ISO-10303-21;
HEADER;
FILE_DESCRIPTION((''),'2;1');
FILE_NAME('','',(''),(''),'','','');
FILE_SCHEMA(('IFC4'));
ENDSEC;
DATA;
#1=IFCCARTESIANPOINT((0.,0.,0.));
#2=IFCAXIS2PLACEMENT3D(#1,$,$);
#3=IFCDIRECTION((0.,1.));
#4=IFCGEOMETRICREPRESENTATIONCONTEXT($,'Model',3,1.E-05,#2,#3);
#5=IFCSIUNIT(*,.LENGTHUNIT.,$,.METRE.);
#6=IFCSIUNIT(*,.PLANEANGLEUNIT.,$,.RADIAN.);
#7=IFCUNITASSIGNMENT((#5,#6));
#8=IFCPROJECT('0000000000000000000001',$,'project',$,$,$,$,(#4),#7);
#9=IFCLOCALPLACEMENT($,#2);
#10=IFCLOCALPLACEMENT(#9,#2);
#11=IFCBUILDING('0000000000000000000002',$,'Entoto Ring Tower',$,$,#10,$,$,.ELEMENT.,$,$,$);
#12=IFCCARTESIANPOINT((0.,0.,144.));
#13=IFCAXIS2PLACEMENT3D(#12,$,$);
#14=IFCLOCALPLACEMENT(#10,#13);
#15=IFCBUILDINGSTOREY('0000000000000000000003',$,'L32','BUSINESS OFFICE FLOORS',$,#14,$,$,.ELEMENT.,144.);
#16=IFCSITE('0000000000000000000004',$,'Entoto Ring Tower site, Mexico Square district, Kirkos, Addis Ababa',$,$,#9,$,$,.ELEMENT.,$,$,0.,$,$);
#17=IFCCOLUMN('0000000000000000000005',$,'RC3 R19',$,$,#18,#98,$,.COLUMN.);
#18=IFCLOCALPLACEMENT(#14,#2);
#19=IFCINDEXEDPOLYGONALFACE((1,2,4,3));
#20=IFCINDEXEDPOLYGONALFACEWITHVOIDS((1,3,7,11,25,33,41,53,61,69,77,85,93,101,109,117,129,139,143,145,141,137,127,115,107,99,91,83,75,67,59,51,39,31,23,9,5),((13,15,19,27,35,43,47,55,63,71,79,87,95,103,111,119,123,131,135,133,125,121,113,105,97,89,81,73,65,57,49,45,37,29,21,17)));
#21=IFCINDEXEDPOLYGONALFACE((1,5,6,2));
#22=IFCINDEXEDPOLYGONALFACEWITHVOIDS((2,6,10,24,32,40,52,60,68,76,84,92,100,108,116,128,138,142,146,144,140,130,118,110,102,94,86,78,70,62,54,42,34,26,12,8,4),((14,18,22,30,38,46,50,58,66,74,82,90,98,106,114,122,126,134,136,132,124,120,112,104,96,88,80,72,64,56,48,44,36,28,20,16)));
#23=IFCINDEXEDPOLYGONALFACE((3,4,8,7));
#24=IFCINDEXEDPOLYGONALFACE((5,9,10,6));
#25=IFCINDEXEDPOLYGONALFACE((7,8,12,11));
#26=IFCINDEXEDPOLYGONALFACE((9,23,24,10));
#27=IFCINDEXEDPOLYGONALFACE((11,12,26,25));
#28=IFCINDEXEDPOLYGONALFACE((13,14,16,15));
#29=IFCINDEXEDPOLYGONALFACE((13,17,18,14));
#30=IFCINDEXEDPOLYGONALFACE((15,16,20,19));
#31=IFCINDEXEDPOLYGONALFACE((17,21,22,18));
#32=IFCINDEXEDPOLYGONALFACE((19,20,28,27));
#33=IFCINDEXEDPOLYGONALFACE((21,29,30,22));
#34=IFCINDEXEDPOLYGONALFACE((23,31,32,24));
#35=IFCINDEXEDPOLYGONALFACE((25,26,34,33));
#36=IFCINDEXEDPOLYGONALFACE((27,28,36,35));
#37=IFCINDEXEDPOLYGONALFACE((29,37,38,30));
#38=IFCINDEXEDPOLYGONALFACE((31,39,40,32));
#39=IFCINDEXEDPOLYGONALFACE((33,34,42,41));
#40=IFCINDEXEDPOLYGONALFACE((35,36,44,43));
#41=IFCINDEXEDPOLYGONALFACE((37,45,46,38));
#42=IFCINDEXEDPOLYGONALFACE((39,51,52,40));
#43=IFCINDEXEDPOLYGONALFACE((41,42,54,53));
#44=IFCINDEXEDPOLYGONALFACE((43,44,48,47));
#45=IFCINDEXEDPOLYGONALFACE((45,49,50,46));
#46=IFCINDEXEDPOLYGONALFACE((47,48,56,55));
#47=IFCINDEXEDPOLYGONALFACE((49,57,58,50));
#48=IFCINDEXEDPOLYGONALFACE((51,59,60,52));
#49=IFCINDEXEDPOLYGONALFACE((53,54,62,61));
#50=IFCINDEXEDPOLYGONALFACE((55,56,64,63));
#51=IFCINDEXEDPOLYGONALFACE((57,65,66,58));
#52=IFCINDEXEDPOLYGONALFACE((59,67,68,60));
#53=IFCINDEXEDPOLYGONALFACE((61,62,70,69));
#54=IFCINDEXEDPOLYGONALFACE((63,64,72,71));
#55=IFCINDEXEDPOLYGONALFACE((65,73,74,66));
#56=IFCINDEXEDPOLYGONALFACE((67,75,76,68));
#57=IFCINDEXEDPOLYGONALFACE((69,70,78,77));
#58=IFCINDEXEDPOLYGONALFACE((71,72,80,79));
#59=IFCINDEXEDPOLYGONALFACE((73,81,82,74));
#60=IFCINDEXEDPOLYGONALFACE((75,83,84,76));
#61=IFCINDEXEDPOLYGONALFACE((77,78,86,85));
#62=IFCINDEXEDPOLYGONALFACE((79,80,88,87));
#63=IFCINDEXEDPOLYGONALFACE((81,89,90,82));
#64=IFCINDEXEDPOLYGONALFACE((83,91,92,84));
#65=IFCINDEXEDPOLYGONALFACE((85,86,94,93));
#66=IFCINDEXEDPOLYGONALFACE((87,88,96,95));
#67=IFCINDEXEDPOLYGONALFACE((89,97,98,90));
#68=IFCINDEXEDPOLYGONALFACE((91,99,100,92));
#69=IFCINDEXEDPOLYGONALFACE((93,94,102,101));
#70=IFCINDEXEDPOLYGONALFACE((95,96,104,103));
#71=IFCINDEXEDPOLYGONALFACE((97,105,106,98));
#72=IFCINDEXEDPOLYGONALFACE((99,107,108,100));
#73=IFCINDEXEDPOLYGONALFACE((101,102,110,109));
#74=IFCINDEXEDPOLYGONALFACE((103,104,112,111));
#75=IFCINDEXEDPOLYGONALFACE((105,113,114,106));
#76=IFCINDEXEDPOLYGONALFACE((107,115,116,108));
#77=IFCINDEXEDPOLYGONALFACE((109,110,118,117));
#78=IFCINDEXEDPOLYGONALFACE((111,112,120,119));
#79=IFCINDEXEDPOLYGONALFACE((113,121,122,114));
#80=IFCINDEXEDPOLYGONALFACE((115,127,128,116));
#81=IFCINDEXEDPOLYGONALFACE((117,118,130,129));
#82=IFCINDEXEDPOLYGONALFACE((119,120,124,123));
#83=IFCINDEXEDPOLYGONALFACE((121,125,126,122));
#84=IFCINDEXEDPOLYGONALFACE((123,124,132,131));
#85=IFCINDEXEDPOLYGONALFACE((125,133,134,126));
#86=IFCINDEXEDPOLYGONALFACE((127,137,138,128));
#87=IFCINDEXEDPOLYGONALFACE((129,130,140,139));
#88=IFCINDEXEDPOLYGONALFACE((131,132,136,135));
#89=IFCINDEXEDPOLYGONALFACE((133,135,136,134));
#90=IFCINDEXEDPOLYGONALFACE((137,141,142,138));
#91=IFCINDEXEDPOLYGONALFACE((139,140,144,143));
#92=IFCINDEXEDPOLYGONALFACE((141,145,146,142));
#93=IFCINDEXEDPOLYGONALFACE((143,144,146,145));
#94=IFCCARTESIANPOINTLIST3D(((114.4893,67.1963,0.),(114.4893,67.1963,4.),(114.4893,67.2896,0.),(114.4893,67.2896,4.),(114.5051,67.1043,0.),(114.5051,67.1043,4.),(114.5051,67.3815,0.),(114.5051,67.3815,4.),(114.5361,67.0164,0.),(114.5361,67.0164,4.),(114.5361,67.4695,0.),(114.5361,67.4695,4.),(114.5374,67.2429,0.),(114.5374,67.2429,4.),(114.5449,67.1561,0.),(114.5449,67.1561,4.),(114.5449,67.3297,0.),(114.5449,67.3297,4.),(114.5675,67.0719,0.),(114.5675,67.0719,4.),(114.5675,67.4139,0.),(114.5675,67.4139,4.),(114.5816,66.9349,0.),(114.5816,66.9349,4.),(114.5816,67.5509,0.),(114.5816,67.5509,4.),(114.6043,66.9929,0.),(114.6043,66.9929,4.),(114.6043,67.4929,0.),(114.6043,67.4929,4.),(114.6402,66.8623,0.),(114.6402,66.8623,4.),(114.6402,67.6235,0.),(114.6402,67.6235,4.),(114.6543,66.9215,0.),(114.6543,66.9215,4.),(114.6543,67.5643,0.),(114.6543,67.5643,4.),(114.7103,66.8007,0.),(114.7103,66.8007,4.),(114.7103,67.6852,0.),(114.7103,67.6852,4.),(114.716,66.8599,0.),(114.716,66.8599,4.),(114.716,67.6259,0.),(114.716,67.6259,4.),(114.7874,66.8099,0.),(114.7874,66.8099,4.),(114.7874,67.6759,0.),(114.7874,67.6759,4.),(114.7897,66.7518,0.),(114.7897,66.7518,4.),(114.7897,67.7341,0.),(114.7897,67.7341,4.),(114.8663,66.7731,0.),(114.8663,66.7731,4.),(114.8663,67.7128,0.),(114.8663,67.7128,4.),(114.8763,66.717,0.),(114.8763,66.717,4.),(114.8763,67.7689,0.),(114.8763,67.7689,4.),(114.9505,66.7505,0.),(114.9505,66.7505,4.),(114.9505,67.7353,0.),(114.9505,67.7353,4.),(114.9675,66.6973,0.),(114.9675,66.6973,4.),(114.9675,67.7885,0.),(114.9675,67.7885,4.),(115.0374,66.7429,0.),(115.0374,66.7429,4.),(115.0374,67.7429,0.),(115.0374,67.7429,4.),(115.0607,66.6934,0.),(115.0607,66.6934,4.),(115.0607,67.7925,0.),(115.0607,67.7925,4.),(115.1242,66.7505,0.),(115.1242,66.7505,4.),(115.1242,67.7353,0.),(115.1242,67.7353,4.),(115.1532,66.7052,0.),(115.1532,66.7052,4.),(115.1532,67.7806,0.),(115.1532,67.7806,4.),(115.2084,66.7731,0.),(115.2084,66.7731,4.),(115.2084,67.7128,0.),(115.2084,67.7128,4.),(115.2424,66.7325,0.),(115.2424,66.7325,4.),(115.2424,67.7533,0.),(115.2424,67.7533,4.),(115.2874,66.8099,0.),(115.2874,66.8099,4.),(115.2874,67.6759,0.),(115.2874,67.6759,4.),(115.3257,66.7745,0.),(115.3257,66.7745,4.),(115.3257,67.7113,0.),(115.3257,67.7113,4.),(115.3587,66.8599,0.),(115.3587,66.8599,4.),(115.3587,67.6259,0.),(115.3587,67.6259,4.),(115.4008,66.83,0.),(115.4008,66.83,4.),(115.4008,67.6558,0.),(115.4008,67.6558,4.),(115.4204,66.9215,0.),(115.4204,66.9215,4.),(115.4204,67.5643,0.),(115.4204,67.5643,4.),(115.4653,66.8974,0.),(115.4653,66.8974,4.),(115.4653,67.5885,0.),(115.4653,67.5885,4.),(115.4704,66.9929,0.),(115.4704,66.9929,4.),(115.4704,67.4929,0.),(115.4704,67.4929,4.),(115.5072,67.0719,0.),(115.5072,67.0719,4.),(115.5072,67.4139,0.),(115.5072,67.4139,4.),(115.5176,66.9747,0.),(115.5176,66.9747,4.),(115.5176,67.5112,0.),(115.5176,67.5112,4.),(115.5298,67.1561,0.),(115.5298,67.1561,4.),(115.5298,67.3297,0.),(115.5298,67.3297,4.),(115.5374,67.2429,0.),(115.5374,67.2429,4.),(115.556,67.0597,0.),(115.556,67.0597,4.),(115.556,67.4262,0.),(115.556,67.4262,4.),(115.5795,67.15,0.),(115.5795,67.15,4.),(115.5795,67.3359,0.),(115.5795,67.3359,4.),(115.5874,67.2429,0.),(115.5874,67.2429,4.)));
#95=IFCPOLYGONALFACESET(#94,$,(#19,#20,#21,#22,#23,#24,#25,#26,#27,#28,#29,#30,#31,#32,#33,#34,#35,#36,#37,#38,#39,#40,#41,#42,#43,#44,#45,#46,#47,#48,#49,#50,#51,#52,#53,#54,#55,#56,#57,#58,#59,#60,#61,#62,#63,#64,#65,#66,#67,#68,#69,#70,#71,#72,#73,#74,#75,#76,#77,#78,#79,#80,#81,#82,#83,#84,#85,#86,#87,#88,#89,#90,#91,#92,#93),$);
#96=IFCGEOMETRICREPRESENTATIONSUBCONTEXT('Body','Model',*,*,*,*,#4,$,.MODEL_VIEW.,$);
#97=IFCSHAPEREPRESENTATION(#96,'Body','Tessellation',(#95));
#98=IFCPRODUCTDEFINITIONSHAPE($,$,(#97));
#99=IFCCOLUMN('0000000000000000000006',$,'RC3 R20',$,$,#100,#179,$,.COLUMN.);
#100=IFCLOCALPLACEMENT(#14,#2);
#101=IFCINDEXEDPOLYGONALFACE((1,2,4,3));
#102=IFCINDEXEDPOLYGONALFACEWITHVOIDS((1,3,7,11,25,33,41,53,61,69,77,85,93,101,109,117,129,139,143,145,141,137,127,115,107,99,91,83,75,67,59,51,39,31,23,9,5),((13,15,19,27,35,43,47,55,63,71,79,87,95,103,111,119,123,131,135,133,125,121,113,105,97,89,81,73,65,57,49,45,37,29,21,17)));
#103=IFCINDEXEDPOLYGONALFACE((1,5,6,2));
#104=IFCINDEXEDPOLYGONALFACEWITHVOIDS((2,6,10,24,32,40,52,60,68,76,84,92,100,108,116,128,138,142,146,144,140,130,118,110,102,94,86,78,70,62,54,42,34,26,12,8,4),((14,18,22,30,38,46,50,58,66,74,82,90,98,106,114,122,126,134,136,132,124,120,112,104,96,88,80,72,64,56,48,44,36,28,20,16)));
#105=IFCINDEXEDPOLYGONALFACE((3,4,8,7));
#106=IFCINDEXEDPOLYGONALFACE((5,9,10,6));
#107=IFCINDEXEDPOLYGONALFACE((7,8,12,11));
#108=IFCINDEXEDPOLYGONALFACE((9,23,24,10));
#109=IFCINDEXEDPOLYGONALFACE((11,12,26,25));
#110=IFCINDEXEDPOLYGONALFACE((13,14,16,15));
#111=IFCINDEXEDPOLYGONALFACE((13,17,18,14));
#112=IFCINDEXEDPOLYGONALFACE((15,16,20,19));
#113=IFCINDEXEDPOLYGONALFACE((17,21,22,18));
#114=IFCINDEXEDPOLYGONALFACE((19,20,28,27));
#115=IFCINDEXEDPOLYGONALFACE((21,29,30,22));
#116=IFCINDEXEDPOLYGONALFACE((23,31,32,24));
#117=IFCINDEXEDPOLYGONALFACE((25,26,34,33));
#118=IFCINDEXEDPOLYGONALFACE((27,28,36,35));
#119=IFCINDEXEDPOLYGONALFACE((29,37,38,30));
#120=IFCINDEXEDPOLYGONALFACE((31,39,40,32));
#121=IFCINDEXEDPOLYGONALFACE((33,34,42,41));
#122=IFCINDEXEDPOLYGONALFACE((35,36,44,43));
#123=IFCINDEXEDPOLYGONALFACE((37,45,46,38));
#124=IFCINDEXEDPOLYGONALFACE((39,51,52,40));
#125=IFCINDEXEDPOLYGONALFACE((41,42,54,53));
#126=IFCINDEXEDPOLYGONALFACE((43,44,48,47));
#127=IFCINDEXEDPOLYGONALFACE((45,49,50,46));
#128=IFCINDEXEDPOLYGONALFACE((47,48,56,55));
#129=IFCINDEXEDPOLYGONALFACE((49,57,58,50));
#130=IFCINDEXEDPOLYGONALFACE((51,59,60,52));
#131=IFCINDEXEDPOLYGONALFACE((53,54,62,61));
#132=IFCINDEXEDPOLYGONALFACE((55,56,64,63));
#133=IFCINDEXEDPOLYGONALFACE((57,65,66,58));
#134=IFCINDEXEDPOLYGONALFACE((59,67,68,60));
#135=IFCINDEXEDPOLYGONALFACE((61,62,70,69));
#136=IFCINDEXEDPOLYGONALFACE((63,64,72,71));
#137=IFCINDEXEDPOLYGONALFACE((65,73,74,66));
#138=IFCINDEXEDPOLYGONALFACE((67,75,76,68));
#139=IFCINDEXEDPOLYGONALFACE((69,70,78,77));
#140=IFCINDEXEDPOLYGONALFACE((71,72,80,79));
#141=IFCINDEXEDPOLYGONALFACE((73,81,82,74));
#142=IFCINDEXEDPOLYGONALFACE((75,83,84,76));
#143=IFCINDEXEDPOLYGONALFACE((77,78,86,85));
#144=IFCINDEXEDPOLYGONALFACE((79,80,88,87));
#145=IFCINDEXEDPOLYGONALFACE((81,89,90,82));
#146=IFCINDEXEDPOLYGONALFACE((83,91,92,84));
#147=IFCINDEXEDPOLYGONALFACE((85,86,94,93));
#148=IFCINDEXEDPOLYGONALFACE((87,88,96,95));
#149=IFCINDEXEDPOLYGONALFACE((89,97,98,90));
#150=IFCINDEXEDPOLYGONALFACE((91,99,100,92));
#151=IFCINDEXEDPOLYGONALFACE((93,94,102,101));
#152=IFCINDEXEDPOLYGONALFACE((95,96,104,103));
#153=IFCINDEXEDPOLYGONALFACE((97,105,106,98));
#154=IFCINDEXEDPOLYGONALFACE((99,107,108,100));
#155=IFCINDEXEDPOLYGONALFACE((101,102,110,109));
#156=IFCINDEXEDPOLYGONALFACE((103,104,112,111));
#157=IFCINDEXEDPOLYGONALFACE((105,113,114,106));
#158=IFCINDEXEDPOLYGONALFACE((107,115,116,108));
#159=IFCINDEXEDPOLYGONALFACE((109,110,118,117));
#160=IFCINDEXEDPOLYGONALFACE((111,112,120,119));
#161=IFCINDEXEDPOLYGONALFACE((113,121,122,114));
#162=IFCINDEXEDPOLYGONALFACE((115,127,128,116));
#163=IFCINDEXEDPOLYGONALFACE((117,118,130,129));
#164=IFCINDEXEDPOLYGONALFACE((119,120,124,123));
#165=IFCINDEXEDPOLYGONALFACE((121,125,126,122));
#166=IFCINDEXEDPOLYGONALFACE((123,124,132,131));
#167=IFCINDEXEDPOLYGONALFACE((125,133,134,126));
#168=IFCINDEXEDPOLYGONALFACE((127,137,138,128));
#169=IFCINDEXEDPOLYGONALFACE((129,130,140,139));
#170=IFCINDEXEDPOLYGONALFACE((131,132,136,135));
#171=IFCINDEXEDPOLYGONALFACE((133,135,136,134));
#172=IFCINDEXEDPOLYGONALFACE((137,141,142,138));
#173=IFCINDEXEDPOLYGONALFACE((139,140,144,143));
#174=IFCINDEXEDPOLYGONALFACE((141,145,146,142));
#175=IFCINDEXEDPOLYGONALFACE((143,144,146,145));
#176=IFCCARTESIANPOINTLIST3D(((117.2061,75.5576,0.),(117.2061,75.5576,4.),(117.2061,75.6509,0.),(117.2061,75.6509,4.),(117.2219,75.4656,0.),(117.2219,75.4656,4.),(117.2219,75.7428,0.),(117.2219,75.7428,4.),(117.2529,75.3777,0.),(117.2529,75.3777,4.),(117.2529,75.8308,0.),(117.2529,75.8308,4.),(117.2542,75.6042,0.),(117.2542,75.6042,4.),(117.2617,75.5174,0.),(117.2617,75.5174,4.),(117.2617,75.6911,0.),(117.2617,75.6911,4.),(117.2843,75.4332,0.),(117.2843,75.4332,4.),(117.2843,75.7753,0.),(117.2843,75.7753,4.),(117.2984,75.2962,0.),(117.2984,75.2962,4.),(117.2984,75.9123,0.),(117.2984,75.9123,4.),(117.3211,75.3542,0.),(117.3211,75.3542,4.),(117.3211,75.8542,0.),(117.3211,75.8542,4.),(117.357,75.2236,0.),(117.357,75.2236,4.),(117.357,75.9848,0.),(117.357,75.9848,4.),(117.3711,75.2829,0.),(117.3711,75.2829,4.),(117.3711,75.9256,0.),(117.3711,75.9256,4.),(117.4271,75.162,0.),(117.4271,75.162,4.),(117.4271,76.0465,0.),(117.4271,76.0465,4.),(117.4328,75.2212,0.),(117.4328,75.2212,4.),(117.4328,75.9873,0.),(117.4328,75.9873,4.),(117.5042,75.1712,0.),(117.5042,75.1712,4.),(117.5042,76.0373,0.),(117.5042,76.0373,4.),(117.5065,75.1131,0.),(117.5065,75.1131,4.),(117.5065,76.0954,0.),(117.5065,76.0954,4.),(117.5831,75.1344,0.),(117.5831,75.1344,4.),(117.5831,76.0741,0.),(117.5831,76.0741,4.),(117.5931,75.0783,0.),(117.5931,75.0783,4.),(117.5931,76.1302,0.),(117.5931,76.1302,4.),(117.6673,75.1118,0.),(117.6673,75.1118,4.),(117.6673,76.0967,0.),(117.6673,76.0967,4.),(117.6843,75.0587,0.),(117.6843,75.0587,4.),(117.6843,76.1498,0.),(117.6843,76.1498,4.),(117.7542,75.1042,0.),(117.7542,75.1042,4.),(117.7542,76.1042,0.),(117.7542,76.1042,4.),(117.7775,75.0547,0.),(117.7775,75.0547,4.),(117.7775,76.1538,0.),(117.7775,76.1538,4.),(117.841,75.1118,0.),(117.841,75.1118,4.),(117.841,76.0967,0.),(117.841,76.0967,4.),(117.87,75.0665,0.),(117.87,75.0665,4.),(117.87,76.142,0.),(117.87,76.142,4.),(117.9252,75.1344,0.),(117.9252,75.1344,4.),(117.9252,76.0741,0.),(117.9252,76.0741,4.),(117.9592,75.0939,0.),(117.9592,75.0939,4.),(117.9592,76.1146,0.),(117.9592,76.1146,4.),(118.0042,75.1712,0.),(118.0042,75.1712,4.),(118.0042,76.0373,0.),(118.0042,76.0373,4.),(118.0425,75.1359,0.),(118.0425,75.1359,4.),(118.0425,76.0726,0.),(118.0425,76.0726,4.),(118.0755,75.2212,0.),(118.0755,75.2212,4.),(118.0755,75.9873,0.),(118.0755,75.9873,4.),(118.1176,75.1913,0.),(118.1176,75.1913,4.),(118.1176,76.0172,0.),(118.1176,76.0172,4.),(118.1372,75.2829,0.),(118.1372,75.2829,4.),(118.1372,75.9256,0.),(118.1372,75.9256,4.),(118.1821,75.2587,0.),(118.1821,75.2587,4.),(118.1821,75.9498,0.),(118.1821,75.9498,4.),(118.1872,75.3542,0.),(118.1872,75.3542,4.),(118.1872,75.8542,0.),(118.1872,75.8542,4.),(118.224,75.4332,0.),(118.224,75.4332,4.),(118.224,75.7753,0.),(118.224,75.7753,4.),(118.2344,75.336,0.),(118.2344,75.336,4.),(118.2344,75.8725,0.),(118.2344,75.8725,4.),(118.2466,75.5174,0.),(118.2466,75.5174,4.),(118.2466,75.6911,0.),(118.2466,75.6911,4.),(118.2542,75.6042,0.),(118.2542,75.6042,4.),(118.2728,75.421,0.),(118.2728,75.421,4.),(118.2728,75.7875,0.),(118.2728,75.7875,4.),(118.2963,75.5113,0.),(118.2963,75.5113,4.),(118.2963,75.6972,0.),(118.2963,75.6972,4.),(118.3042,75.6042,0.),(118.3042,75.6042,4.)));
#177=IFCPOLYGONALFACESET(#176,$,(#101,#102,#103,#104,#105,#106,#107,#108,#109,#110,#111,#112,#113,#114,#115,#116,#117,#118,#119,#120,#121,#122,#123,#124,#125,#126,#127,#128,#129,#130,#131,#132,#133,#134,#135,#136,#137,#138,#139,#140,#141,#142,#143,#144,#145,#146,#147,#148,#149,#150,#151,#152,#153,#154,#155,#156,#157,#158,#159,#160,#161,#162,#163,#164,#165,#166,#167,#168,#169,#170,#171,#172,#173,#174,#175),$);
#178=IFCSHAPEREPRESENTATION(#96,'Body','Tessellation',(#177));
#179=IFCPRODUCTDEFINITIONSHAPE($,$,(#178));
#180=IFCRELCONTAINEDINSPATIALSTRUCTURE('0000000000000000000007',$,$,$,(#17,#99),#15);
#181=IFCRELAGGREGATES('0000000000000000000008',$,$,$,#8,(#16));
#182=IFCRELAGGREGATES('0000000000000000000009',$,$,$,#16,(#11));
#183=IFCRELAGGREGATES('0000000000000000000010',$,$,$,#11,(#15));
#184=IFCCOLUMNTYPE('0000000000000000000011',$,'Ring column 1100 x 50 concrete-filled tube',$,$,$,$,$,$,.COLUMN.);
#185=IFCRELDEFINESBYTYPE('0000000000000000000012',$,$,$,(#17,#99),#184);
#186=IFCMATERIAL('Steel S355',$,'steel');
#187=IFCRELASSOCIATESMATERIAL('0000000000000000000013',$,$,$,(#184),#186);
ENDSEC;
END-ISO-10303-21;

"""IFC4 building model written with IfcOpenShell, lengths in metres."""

from ifc_helpers import new_model, si_unit, direction, frame, origin, origin_2d, place, context, subcontext, project, spatial, circle, hollow_circle, extrude, material, material_profile, profile_set, type_object, element, save


model = new_model("IFC4")

# Units and contexts
model_context = context("Model", 3, precision=1e-05, world=origin(), true_north=direction((0.0, 1.0)))
body_context = subcontext(model_context, "Body", "Model", "MODEL_VIEW")
ifc_project = project(units=[si_unit("LENGTHUNIT", "METRE"), si_unit("PLANEANGLEUNIT", "RADIAN")], contexts=[model_context])

# Site, building, storey
site_placement = place(None, origin())
site = spatial("IfcSite", under=ifc_project, at=site_placement, Name="Entoto Ring Tower site, Mexico Square district, Kirkos, Addis Ababa", CompositionType="ELEMENT", RefElevation=0.0)
building_placement = place(site_placement, origin())
building = spatial("IfcBuilding", under=site, at=building_placement, Name="Entoto Ring Tower", CompositionType="ELEMENT")
storey_placement = place(building_placement, frame((0.0, 0.0, 144.0)))
storey = spatial("IfcBuildingStorey", under=building, at=storey_placement, Name="L32", Description="BUSINESS OFFICE FLOORS", CompositionType="ELEMENT", Elevation=144.0)

# Columns
ifc_material_1 = material(Name="Steel S355", Category="steel")
ifc_material_profile_1 = material_profile(ifc_material_1, hollow_circle(Radius=0.55, WallThickness=0.05, at=origin_2d()), Name="CHS 1100 x 50")
ifc_material_2 = material(Name="Concrete C60/75", Category="concrete")
ifc_material_profile_2 = material_profile(ifc_material_2, circle(Radius=0.5, at=origin_2d()), Name="Concrete C60/75 infill")
ifc_profile_set_1 = profile_set([ifc_material_profile_1, ifc_material_profile_2], Name="Steel S355")
column_type = type_object("IfcColumnType", Name="Ring column 1100 x 50 concrete-filled tube", PredefinedType="COLUMN", material=ifc_profile_set_1)
for number, where, z_axis, x_axis, name in (
    (1, (115.0374, 67.2429, 0.0), (0.0, 0.0, 1.0), (1.0, 0.0, 0.0), "RC3 R19"),
    (2, (117.7542, 75.6042, 0.0), (0.0, 0.0, 1.0), (1.0, 0.0, 0.0), "RC3 R20"),
):
    element("IfcColumn", number, at=place(storey_placement, frame(where, z_axis=z_axis, x_axis=x_axis)), inside=storey, type_object=column_type, Name=name, PredefinedType="COLUMN", context=body_context, shape_type="SweptSolid", body=[
        extrude(hollow_circle(Radius=0.55, WallThickness=0.05, at=origin_2d()), origin(), (0.0, 0.0, 1.0), 4.0),
    ])

save(model, "model.ifc")
